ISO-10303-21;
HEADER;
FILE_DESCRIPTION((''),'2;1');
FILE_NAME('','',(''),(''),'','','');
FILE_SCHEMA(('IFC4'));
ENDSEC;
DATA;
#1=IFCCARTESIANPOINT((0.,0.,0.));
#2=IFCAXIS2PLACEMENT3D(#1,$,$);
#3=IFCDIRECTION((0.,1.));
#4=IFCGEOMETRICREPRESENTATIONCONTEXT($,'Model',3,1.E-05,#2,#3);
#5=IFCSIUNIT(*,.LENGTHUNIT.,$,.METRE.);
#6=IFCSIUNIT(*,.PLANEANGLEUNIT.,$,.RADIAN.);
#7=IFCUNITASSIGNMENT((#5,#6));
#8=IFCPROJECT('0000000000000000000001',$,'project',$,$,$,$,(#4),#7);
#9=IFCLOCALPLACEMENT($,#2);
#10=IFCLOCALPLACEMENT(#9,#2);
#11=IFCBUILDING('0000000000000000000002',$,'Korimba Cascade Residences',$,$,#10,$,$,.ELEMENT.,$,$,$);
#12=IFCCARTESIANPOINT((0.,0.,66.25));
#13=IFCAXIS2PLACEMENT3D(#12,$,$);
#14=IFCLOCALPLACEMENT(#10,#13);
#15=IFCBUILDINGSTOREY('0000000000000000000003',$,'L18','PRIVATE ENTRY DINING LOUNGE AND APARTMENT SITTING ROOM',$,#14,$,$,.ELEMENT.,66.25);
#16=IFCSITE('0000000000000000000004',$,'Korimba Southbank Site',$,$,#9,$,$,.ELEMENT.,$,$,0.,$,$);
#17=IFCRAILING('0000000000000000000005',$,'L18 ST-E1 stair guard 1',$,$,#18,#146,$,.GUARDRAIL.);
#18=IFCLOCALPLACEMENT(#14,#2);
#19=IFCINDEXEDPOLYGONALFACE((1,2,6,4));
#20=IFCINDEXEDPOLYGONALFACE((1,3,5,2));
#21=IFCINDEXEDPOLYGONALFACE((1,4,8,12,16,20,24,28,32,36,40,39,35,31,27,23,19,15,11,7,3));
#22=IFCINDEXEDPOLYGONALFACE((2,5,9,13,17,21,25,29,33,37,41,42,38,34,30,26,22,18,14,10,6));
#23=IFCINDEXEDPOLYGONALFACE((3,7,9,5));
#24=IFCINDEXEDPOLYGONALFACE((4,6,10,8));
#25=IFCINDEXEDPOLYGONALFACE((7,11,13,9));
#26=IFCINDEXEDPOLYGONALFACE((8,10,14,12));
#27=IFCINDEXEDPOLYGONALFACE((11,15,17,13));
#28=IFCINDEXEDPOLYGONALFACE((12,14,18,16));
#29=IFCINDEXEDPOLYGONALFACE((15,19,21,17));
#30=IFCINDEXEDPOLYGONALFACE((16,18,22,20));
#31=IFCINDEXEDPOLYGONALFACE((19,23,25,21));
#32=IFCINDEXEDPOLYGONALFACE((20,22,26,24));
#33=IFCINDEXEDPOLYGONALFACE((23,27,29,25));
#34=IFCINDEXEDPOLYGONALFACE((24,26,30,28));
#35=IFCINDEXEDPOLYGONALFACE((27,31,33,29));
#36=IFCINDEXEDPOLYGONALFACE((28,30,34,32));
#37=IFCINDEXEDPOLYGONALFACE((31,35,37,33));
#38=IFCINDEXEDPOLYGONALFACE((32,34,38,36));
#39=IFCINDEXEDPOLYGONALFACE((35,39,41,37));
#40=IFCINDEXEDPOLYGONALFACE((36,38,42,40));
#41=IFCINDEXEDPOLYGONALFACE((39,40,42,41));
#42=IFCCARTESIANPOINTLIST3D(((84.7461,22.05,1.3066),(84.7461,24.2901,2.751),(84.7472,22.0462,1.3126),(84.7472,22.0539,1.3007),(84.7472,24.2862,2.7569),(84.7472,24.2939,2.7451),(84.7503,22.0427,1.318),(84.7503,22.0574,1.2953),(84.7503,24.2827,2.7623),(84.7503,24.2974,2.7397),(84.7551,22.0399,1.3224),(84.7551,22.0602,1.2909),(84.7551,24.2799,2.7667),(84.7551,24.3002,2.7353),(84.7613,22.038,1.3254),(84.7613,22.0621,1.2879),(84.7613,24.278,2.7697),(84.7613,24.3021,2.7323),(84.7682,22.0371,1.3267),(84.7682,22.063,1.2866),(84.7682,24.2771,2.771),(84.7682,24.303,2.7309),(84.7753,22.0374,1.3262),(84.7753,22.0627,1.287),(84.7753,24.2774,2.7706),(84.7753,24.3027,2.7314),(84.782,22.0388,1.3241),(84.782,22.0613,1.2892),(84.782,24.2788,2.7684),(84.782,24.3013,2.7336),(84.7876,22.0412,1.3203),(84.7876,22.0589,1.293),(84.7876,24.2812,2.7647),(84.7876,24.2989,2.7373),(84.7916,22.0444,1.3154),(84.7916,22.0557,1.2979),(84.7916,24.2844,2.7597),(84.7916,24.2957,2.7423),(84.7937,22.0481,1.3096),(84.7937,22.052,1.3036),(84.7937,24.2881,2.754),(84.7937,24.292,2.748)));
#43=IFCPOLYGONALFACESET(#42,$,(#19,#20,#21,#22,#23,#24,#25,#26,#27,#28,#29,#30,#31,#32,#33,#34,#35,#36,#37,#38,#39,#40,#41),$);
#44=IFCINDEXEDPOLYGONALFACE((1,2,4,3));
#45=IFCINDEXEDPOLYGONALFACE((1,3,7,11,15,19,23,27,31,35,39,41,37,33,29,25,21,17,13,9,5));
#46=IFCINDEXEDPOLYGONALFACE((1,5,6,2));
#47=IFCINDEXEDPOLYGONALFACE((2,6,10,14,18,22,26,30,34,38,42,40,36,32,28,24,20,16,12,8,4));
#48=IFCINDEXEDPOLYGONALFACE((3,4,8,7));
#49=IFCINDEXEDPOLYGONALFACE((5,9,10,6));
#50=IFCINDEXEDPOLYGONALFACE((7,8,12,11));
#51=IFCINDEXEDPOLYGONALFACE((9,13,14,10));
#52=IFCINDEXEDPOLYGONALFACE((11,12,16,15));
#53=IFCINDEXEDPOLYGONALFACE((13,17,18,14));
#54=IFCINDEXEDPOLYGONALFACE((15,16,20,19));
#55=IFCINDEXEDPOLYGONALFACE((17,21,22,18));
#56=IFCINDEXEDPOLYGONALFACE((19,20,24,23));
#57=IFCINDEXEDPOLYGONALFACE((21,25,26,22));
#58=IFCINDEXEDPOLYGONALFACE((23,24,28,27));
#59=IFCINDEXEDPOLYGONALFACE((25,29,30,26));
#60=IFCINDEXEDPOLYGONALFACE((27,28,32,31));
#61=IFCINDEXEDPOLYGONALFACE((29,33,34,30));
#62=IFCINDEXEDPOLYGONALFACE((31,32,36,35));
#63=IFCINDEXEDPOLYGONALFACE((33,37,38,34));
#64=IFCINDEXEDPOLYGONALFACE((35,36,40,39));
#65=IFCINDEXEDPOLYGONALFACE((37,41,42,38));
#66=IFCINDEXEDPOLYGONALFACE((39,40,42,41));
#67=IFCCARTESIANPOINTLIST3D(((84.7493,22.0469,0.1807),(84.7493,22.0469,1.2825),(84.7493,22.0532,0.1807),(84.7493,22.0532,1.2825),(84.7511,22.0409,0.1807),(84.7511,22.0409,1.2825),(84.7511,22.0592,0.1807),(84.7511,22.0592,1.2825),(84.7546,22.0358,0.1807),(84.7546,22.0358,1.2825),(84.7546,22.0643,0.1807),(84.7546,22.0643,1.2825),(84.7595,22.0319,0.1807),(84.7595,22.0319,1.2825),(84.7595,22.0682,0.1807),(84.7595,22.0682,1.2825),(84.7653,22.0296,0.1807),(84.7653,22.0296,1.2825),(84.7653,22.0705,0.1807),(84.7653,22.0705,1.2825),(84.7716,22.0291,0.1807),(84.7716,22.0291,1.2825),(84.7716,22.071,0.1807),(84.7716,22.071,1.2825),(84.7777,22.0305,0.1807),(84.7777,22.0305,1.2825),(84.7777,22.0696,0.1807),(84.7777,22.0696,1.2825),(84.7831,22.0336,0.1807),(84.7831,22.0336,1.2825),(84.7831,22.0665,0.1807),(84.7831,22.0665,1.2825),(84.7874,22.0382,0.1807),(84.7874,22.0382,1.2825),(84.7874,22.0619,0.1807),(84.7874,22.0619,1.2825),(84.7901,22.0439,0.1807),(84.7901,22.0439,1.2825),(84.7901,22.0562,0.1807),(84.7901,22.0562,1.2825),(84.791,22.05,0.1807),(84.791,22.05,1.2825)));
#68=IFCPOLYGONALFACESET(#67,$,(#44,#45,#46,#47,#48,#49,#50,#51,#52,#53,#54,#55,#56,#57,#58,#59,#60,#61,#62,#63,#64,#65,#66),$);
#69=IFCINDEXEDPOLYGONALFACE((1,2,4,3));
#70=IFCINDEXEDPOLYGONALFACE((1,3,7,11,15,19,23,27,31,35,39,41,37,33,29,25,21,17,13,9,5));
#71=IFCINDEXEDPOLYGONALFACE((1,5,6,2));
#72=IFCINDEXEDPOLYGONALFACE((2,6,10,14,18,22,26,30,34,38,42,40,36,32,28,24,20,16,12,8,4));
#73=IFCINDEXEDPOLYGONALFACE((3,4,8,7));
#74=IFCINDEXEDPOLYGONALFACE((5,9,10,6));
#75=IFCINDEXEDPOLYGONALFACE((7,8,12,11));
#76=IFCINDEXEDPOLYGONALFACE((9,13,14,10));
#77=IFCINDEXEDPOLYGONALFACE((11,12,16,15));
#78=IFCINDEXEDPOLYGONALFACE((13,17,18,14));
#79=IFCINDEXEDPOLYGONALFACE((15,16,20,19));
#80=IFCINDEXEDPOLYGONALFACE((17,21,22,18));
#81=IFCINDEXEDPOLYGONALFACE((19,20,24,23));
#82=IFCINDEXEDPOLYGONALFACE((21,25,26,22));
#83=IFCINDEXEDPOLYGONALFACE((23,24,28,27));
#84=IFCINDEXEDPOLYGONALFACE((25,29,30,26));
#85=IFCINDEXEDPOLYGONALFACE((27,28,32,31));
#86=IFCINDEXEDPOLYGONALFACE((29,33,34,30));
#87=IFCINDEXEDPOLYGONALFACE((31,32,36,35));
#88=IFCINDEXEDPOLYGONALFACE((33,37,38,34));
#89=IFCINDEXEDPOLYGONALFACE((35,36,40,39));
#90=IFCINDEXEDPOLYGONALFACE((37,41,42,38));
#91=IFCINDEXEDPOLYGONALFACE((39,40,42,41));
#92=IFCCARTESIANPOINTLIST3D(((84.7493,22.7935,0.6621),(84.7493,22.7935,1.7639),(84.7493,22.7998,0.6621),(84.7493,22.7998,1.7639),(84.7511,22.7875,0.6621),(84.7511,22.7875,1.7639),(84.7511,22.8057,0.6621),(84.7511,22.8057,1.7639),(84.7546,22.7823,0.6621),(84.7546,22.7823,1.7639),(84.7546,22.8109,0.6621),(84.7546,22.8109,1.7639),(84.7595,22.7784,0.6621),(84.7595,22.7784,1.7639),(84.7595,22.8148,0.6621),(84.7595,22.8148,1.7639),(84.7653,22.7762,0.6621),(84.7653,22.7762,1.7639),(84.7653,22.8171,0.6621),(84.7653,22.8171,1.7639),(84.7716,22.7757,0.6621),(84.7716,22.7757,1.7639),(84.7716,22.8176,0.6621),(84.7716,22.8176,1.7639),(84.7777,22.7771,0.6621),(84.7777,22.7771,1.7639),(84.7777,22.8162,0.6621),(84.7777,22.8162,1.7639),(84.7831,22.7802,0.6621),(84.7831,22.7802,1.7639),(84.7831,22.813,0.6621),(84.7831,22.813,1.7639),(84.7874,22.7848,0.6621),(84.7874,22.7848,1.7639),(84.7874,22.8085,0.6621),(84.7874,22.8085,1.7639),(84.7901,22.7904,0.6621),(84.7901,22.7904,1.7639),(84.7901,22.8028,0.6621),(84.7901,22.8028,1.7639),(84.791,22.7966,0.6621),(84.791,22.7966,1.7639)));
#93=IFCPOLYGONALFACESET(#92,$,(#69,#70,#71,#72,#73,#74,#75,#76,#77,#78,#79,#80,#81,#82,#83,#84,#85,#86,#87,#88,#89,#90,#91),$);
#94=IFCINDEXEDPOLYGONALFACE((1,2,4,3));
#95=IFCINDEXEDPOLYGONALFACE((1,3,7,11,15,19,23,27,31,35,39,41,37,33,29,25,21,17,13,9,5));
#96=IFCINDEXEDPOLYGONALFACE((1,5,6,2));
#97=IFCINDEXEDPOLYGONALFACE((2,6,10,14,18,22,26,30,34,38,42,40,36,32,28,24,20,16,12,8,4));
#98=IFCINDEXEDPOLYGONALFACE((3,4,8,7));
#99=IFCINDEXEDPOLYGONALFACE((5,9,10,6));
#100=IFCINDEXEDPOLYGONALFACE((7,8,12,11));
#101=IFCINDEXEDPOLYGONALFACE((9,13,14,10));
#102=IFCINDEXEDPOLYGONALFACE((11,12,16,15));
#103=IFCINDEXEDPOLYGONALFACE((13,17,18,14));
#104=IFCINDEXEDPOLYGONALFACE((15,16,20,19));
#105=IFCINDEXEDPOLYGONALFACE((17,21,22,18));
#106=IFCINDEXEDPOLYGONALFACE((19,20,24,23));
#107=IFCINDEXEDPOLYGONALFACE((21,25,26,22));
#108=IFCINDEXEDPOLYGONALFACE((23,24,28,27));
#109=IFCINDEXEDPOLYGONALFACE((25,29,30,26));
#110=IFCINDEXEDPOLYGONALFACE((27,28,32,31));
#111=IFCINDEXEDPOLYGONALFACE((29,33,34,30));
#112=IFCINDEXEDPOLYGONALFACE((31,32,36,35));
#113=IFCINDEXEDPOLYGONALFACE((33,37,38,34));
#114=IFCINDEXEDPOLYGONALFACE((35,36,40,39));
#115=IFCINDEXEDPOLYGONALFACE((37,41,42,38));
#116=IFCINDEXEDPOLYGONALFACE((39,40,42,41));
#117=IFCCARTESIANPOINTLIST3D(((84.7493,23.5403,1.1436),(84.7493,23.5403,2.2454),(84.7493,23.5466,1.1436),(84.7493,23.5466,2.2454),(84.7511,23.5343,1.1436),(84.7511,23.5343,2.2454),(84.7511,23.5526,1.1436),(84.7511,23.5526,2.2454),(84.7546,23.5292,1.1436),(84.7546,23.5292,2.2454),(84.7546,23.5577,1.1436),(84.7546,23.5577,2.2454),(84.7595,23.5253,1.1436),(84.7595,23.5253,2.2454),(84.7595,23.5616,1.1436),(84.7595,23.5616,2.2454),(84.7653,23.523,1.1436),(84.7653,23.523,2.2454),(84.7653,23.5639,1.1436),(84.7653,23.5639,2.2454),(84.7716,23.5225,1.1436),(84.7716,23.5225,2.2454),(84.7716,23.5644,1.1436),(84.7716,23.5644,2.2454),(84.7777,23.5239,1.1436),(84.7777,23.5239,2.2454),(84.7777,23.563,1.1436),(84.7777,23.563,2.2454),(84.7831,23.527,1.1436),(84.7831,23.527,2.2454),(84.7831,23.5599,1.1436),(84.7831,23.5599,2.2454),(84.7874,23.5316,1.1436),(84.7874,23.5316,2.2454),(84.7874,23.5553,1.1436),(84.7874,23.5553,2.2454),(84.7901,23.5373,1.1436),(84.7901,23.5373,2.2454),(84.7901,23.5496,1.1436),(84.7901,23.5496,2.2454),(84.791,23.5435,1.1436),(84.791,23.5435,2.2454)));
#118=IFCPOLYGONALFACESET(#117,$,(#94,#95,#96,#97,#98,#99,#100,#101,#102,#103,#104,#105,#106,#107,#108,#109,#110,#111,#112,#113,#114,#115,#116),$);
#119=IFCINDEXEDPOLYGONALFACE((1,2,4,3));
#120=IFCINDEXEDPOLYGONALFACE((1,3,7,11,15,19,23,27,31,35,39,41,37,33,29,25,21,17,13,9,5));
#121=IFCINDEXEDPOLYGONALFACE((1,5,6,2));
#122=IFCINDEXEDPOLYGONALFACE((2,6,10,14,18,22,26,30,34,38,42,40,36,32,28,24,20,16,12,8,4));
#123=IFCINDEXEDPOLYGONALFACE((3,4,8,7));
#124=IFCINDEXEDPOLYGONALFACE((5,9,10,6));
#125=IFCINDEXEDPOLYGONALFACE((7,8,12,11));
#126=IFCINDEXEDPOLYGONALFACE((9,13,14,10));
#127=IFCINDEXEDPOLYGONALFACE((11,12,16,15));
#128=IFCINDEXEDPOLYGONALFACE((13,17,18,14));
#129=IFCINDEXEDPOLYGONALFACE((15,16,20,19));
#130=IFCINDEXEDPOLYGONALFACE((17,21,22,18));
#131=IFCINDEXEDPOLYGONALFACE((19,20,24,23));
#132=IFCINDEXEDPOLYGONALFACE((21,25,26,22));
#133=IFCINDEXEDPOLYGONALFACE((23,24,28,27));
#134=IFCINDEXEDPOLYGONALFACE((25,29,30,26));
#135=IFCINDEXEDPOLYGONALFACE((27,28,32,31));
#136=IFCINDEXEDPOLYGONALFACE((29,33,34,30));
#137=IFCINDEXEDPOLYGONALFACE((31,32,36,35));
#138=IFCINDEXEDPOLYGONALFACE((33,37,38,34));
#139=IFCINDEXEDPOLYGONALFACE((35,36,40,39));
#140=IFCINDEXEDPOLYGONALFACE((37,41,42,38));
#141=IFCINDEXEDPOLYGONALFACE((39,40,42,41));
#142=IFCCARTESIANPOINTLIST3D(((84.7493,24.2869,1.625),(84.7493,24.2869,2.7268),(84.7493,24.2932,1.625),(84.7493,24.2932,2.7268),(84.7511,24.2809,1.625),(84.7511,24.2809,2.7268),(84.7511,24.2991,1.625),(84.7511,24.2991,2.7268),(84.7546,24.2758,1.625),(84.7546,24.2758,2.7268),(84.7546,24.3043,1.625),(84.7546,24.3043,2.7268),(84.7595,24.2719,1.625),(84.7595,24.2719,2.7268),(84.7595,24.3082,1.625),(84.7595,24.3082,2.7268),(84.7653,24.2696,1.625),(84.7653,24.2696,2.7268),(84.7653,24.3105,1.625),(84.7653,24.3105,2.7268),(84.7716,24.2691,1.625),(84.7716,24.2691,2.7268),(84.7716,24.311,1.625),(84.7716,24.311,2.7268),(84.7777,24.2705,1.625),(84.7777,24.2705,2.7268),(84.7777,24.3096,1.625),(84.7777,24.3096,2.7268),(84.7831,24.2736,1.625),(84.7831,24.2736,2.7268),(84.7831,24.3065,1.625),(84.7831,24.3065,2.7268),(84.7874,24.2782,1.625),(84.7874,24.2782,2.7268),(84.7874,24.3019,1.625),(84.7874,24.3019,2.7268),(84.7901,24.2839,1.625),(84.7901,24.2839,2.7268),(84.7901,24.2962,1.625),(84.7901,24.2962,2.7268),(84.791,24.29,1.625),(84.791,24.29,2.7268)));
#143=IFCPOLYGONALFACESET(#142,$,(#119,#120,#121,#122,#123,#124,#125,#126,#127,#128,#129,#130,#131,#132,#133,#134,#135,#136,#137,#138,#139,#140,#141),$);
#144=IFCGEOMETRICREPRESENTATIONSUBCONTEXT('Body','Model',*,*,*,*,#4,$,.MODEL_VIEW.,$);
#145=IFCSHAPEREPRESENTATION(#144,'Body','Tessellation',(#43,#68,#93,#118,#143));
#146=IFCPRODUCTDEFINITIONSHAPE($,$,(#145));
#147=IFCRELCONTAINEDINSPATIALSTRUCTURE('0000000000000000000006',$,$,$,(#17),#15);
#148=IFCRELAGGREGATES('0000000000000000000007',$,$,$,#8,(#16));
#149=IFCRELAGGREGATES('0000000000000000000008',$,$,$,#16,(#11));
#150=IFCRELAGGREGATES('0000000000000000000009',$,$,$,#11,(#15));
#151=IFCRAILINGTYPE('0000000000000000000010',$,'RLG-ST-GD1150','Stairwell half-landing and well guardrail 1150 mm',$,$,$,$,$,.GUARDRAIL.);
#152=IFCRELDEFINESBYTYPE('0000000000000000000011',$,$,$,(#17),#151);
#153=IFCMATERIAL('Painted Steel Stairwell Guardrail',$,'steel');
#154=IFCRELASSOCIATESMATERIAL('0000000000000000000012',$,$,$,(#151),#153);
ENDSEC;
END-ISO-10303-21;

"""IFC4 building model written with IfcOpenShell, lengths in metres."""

from ifc_helpers import new_model, si_unit, direction, frame, origin, origin_2d, place, context, subcontext, project, spatial, circle, extrude, material, type_object, element, save


model = new_model("IFC4")

# Units and contexts
model_context = context("Model", 3, precision=1e-05, world=origin(), true_north=direction((0.0, 1.0)))
body_context = subcontext(model_context, "Body", "Model", "MODEL_VIEW")
ifc_project = project(units=[si_unit("LENGTHUNIT", "METRE"), si_unit("PLANEANGLEUNIT", "RADIAN")], contexts=[model_context])

# Site, building, storey
site_placement = place(None, origin())
site = spatial("IfcSite", under=ifc_project, at=site_placement, Name="Korimba Southbank Site", CompositionType="ELEMENT", RefElevation=0.0)
building_placement = place(site_placement, origin())
building = spatial("IfcBuilding", under=site, at=building_placement, Name="Korimba Cascade Residences", CompositionType="ELEMENT")
storey_placement = place(building_placement, frame((0.0, 0.0, 66.25)))
storey = spatial("IfcBuildingStorey", under=building, at=storey_placement, Name="L18", Description="PRIVATE ENTRY DINING LOUNGE AND APARTMENT SITTING ROOM", CompositionType="ELEMENT", Elevation=66.25)

# Railing
ifc_material_1 = material(Name="Painted Steel Stairwell Guardrail", Category="steel")
railing_type_1 = type_object("IfcRailingType", Name="RLG-ST-GD1150", Description="Stairwell half-landing and well guardrail 1150 mm", PredefinedType="GUARDRAIL", material=ifc_material_1)
railing_1_placement = place(storey_placement, frame((84.77, 22.05, 0.1807)))
element("IfcRailing", 1, at=railing_1_placement, inside=storey, type_object=railing_type_1, Name="L18 ST-E1 stair guard 1", PredefinedType="GUARDRAIL", context=body_context, shape_type="SweptSolid", body=[
    extrude(circle(Radius=0.0239, at=origin_2d()), frame((0.0, 0.0, 1.126), z_axis=(0.0, 0.840437, 0.54191), x_axis=(-1.0, 0.0, 0.0)), (0.0, 0.0, 1.0), 2.6653),
    extrude(circle(Radius=0.021, at=origin_2d()), origin(), (0.0, 0.0, 1.0), 1.1018),
    extrude(circle(Radius=0.021, at=origin_2d()), frame((0.0, 0.7466, 0.4814)), (0.0, 0.0, 1.0), 1.1018),
    extrude(circle(Radius=0.021, at=origin_2d()), frame((0.0, 1.4934, 0.9629)), (0.0, 0.0, 1.0), 1.1018),
    extrude(circle(Radius=0.021, at=origin_2d()), frame((0.0, 2.24, 1.4443)), (0.0, 0.0, 1.0), 1.1018),
])

save(model, "model.ifc")
